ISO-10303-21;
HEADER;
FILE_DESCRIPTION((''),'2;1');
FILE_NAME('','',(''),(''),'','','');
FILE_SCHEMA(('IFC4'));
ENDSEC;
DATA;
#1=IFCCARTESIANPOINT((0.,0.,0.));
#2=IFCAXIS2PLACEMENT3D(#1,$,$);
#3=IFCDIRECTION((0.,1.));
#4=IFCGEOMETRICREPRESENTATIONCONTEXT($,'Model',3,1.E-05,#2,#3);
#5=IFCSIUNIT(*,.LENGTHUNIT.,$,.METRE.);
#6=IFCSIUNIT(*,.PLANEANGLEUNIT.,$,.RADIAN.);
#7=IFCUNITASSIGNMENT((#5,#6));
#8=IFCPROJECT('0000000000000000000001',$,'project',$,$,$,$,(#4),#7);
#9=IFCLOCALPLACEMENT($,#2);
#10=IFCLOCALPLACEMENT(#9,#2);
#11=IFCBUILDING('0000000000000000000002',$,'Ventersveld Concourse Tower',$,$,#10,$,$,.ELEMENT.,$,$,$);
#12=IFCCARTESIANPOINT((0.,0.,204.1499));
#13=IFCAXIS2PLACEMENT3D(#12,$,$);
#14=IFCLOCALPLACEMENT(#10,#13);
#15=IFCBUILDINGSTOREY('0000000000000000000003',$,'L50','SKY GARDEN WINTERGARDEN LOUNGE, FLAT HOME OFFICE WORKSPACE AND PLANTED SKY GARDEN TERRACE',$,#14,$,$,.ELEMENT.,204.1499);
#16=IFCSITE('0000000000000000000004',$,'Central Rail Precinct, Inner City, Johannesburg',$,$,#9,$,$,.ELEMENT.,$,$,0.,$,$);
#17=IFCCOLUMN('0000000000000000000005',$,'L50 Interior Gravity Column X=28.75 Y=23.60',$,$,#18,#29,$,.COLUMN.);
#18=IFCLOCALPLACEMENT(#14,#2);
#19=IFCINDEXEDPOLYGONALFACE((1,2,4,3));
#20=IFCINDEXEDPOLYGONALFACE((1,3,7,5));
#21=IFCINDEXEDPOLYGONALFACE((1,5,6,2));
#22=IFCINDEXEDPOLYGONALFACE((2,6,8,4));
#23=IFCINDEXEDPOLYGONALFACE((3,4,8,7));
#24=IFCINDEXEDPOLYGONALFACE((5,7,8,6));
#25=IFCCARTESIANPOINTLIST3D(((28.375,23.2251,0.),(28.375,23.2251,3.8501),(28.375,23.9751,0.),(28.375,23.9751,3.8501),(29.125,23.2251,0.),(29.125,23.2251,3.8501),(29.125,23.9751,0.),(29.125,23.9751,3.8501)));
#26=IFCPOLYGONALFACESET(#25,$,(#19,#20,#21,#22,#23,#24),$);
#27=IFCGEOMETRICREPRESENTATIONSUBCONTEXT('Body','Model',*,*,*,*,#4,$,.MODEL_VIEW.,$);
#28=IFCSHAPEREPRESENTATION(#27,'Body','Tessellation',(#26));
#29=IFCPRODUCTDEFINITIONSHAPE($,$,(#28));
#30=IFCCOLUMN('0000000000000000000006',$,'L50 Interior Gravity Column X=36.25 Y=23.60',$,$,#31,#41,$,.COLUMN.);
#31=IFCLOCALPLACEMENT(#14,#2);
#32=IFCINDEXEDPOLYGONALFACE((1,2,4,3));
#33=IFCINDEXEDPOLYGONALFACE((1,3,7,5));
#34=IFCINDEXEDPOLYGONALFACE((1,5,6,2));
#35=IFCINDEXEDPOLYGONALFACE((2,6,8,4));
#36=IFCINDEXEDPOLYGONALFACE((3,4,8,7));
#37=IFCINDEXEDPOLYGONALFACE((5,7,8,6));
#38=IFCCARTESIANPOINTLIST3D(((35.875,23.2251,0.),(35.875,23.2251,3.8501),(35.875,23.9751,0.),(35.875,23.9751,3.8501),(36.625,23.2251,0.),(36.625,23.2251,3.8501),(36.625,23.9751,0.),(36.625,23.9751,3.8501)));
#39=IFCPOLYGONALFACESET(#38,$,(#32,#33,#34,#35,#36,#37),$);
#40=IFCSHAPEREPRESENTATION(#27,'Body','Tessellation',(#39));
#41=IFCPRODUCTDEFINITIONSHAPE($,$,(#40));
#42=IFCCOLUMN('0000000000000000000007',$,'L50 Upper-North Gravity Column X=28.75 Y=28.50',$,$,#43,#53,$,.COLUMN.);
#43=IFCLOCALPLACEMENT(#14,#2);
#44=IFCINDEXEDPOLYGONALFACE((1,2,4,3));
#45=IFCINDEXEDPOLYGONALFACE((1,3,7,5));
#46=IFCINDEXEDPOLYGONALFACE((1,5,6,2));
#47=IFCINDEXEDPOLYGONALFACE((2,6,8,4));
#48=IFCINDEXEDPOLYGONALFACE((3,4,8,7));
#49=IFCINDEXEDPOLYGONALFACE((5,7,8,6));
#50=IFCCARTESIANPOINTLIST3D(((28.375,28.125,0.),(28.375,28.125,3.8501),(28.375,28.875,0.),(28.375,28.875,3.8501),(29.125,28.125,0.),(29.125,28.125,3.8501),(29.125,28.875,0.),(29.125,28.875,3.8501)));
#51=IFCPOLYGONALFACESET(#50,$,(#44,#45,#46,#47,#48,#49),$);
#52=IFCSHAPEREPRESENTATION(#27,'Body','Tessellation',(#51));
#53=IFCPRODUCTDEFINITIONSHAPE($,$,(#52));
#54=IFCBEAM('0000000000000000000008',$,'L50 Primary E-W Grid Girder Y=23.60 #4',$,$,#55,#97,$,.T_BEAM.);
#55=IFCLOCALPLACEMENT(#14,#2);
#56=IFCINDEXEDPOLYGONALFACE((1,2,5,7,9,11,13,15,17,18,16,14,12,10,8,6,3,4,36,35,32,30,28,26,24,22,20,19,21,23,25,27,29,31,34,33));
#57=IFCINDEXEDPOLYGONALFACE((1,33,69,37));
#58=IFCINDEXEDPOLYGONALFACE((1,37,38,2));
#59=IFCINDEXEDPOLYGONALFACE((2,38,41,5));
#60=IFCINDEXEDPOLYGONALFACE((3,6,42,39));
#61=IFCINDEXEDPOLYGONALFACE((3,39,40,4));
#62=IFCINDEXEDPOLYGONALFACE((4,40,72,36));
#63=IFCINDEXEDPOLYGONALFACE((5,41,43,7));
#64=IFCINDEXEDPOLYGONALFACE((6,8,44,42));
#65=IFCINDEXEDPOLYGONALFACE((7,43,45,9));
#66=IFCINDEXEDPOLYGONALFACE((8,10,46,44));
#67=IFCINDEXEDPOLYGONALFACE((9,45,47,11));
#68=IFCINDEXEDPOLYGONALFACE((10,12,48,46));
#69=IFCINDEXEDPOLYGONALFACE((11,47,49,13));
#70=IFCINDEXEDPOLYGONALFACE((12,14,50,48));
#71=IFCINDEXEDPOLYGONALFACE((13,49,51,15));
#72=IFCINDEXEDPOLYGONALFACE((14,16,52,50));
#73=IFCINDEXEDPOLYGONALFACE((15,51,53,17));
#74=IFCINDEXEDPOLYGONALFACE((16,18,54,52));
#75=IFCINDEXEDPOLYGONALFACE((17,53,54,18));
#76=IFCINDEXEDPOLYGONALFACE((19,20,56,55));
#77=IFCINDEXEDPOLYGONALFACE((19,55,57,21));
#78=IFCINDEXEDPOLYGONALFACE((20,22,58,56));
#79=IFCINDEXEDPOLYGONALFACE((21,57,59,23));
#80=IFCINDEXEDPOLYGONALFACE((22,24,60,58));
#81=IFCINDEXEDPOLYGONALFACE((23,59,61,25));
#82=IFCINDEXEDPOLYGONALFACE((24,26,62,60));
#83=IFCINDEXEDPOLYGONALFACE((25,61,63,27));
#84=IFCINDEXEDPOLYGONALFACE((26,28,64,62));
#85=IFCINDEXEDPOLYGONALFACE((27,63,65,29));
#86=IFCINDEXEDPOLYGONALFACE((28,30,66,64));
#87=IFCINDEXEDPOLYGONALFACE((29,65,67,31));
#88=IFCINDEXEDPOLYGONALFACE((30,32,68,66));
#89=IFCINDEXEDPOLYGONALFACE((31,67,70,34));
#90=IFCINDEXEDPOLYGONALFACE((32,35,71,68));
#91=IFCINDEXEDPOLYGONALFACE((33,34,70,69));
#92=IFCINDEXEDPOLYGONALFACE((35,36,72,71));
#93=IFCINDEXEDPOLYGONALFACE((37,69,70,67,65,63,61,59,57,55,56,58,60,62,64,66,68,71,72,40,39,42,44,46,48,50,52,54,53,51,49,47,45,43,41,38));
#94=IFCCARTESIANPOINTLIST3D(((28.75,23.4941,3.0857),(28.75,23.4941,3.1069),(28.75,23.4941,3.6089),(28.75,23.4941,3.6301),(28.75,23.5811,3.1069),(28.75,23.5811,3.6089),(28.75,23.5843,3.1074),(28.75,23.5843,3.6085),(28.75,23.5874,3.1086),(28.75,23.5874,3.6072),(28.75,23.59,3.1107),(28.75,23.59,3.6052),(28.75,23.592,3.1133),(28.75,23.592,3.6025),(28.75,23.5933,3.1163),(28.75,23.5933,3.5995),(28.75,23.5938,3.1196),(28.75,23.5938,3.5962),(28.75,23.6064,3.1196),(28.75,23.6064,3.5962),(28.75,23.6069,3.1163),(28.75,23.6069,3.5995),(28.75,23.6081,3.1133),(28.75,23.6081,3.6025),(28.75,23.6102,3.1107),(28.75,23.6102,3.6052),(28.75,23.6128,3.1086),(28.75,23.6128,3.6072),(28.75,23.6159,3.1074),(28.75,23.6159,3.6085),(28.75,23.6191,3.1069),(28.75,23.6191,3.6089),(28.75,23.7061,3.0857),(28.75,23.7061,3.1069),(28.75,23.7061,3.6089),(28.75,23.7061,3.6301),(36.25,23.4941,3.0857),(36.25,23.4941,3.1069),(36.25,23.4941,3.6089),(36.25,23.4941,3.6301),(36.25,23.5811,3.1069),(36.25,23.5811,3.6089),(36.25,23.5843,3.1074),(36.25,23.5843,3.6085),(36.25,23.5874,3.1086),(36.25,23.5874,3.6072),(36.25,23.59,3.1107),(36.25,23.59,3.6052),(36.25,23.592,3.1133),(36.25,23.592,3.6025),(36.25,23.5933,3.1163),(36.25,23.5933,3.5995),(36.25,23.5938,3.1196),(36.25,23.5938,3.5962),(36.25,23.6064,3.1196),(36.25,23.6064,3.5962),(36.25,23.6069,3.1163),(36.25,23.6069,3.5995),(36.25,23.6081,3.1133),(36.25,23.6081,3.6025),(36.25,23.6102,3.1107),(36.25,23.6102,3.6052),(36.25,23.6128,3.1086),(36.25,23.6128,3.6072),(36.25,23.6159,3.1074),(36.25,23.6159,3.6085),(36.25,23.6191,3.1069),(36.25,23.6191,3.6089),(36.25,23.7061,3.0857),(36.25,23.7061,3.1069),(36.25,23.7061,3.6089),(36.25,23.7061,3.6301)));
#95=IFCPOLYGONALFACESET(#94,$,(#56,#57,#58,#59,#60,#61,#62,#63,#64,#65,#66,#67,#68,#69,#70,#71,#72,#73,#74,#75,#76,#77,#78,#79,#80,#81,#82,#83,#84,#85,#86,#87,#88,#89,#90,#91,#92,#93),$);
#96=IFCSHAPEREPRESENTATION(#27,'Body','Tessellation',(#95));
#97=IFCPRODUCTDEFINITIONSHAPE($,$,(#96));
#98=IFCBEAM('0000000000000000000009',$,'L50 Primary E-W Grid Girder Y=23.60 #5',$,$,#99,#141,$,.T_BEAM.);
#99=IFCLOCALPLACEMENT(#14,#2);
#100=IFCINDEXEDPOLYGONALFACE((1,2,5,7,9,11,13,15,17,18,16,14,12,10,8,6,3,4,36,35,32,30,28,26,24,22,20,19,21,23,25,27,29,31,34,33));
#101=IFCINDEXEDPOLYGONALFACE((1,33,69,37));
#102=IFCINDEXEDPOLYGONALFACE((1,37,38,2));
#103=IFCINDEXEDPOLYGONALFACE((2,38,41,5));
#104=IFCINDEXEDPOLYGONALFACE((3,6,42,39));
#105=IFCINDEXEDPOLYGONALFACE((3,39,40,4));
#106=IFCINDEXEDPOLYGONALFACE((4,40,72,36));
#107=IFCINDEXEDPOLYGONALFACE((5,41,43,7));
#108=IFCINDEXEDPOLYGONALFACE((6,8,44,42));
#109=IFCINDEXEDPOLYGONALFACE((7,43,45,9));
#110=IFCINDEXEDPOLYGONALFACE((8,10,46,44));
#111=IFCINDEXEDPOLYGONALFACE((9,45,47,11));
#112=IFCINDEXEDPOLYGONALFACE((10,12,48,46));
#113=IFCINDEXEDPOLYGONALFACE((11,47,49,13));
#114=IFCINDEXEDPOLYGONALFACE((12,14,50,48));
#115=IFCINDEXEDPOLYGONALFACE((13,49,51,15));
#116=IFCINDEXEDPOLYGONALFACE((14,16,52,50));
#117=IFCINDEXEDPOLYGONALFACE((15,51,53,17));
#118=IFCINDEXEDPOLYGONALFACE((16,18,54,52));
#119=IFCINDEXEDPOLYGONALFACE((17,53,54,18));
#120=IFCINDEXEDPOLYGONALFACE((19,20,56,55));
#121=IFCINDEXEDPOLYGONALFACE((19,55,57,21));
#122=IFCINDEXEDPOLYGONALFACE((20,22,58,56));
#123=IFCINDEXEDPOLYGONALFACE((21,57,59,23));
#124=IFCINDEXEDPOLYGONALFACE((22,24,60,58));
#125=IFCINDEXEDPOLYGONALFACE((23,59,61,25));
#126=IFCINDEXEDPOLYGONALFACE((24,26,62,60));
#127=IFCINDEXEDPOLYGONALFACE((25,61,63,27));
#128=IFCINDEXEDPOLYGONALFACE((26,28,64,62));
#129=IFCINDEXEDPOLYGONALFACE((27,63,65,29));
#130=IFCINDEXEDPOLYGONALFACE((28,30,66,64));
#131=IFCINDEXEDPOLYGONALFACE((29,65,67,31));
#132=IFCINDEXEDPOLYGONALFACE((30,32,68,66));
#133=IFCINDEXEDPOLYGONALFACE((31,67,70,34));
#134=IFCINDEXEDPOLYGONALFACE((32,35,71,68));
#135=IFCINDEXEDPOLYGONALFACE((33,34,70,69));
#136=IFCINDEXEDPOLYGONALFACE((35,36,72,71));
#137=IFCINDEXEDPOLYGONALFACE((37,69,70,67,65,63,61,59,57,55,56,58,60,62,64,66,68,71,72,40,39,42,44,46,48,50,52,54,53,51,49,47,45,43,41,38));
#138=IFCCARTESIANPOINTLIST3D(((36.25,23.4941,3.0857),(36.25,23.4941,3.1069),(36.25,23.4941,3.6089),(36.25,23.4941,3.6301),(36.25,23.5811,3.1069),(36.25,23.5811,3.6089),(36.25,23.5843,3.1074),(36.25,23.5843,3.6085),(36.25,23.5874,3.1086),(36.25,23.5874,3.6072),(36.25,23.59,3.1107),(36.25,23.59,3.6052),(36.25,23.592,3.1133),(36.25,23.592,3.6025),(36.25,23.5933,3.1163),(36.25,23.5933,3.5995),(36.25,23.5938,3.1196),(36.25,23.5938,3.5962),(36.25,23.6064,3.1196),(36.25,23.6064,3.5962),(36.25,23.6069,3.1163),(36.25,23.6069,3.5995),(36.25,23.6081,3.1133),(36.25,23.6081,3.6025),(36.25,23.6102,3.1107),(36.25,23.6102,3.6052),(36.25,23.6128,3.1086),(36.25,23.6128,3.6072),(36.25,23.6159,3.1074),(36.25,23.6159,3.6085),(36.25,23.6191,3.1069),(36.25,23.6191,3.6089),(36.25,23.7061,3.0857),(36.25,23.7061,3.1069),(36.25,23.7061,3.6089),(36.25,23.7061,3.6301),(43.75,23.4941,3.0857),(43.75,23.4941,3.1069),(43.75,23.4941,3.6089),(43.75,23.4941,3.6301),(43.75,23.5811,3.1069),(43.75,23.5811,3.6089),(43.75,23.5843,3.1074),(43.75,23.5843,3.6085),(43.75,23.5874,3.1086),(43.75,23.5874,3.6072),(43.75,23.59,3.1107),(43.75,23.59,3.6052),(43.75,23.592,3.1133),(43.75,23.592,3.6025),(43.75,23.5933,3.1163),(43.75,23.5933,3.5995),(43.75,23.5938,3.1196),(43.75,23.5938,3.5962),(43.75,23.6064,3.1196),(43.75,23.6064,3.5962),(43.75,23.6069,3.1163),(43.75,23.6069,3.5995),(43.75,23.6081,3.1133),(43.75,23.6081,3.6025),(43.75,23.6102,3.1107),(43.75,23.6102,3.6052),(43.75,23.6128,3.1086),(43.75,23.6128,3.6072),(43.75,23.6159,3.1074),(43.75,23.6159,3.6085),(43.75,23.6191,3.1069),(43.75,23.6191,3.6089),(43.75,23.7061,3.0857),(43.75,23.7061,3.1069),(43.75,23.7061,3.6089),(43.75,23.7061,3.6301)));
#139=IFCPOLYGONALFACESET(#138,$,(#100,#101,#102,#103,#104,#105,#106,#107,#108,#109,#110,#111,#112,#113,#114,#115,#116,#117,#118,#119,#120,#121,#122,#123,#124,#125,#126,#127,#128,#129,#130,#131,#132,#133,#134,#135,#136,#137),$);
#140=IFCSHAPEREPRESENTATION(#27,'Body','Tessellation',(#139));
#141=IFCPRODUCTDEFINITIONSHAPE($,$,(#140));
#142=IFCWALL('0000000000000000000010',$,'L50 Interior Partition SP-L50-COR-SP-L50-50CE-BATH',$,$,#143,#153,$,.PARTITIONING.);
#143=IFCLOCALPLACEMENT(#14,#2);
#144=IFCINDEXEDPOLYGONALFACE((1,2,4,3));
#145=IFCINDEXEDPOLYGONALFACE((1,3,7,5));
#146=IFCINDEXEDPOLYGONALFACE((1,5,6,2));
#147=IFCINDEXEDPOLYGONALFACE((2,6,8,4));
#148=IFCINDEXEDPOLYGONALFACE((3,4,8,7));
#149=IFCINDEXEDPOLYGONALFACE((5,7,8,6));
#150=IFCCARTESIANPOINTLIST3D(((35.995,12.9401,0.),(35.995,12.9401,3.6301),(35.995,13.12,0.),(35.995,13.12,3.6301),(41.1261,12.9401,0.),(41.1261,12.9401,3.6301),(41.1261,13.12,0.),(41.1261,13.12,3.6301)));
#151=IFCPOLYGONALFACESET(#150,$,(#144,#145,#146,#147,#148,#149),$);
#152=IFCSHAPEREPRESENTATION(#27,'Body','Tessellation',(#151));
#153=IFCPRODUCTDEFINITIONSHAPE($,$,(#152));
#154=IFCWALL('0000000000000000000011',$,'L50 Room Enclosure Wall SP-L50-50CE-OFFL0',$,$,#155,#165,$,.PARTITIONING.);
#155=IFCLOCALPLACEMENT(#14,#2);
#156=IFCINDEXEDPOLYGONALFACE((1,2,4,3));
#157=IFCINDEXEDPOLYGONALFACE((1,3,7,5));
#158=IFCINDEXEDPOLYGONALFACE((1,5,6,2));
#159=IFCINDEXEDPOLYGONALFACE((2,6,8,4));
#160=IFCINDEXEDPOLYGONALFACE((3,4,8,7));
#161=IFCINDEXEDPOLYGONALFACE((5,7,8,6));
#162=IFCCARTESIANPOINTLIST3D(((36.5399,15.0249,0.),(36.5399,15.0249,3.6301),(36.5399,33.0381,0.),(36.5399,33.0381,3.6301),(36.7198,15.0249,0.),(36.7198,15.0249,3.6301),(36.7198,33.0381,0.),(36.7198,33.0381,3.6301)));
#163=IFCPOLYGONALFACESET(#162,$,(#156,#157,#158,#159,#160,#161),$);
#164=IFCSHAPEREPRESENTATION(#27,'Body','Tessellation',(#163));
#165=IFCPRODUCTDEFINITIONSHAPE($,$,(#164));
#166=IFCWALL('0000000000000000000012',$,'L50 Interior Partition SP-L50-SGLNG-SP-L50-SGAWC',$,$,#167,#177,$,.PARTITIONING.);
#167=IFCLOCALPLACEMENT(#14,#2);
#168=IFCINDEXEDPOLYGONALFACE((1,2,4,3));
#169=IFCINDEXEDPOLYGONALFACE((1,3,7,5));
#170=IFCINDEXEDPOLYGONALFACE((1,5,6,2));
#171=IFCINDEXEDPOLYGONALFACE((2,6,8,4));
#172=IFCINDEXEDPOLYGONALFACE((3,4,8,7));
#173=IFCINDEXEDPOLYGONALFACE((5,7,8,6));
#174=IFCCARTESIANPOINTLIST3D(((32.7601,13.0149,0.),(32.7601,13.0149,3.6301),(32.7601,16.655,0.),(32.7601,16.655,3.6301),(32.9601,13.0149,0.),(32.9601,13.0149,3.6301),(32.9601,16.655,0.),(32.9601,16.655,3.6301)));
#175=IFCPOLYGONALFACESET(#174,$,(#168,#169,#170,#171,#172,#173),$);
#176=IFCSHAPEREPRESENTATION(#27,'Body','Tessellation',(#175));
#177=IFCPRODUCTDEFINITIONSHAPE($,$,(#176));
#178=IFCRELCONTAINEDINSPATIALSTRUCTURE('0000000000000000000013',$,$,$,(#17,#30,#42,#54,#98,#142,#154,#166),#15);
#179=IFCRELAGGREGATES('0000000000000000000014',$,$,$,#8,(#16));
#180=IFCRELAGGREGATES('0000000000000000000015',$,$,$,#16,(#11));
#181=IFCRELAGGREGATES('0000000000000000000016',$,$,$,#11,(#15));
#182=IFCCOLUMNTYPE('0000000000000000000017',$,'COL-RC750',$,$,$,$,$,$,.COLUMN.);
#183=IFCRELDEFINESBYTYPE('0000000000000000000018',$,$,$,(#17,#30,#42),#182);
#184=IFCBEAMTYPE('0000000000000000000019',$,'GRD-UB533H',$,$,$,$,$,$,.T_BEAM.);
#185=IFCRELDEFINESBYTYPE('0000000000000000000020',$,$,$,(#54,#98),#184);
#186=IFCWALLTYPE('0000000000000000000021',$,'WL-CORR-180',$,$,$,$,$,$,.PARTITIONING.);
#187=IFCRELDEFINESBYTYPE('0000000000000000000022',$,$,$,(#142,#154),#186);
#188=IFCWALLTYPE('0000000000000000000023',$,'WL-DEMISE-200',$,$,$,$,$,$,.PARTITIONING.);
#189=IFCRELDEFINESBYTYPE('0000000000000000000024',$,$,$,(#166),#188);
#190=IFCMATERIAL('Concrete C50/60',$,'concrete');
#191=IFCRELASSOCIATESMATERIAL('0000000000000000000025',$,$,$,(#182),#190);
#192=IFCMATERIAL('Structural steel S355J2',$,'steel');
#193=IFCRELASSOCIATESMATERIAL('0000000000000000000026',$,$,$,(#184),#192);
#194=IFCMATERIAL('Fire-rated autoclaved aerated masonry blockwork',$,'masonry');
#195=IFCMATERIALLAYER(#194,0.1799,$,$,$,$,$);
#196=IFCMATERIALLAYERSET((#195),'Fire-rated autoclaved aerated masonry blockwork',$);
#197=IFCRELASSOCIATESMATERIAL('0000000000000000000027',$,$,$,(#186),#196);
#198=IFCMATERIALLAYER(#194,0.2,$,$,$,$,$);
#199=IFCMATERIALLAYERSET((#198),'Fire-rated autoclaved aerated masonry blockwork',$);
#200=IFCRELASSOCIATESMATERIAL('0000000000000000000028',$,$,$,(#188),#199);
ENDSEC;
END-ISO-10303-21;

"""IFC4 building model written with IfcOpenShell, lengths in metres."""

from ifc_helpers import new_model, si_unit, direction, frame, frame_2d, origin, origin_2d, place, context, subcontext, project, spatial, rectangle, i_section, extrude, material, layer, layer_set, material_profile, profile_set, type_object, element, save


model = new_model("IFC4")

# Units and contexts
model_context = context("Model", 3, precision=1e-05, world=origin(), true_north=direction((0.0, 1.0)))
body_context = subcontext(model_context, "Body", "Model", "MODEL_VIEW")
ifc_project = project(units=[si_unit("LENGTHUNIT", "METRE"), si_unit("PLANEANGLEUNIT", "RADIAN")], contexts=[model_context])

# Site, building, storey
site_placement = place(None, origin())
site = spatial("IfcSite", under=ifc_project, at=site_placement, Name="Central Rail Precinct, Inner City, Johannesburg", CompositionType="ELEMENT", RefElevation=0.0)
building_placement = place(site_placement, origin())
building = spatial("IfcBuilding", under=site, at=building_placement, Name="Ventersveld Concourse Tower", CompositionType="ELEMENT")
storey_placement = place(building_placement, frame((0.0, 0.0, 204.1499)))
storey = spatial("IfcBuildingStorey", under=building, at=storey_placement, Name="L50", Description="SKY GARDEN WINTERGARDEN LOUNGE, FLAT HOME OFFICE WORKSPACE AND PLANTED SKY GARDEN TERRACE", CompositionType="ELEMENT", Elevation=204.1499)

# Columns
ifc_material_1 = material(Name="Concrete C50/60", Category="concrete")
ifc_material_profile_1 = material_profile(ifc_material_1, rectangle(XDim=0.75, YDim=0.75, at=origin_2d()), Name="RC 750x750")
ifc_profile_set_1 = profile_set([ifc_material_profile_1], Name="Concrete C50/60")
column_type = type_object("IfcColumnType", Name="COL-RC750", PredefinedType="COLUMN", material=ifc_profile_set_1)
for number, where, z_axis, x_axis, name in (
    (1, (28.75, 23.6001, 0.0), (0.0, 0.0, 1.0), (1.0, 0.0, 0.0), "L50 Interior Gravity Column X=28.75 Y=23.60"),
    (2, (36.25, 23.6001, 0.0), (0.0, 0.0, 1.0), (1.0, 0.0, 0.0), "L50 Interior Gravity Column X=36.25 Y=23.60"),
    (3, (28.75, 28.5, 0.0), (0.0, 0.0, 1.0), (1.0, 0.0, 0.0), "L50 Upper-North Gravity Column X=28.75 Y=28.50"),
):
    element("IfcColumn", number, at=place(storey_placement, frame(where, z_axis=z_axis, x_axis=x_axis)), inside=storey, type_object=column_type, Name=name, PredefinedType="COLUMN", context=body_context, shape_type="SweptSolid", body=[
        extrude(rectangle(XDim=0.75, YDim=0.75, at=origin_2d()), origin(), (0.0, 0.0, 1.0), 3.8501),
    ])

# Beams
ifc_material_2 = material(Name="Structural steel S355J2", Category="steel")
ifc_material_profile_2 = material_profile(ifc_material_2, i_section(OverallWidth=0.2119, OverallDepth=0.5444, WebThickness=0.0127, FlangeThickness=0.0212, FilletRadius=0.0127, at=origin_2d()), Name="UB 533x210x122")
ifc_profile_set_2 = profile_set([ifc_material_profile_2], Name="Structural steel S355J2")
beam_type = type_object("IfcBeamType", Name="GRD-UB533H", PredefinedType="T_BEAM", material=ifc_profile_set_2)
for number, where, z_axis, x_axis, name in (
    (4, (28.75, 23.6001, 3.3579), (1.0, 0.0, 0.0), (0.0, 1.0, 0.0), "L50 Primary E-W Grid Girder Y=23.60 #4"),
    (5, (36.25, 23.6001, 3.3579), (1.0, 0.0, 0.0), (0.0, 1.0, 0.0), "L50 Primary E-W Grid Girder Y=23.60 #5"),
):
    element("IfcBeam", number, at=place(storey_placement, frame(where, z_axis=z_axis, x_axis=x_axis)), inside=storey, type_object=beam_type, Name=name, PredefinedType="T_BEAM", context=body_context, shape_type="SweptSolid", body=[
        extrude(i_section(OverallWidth=0.2119, OverallDepth=0.5444, WebThickness=0.0127, FlangeThickness=0.0212, FilletRadius=0.0127, at=origin_2d()), origin(), (0.0, 0.0, 1.0), 7.5),
    ])

# Shared definitions
ifc_material_3 = material(Name="Fire-rated autoclaved aerated masonry blockwork", Category="masonry")
ifc_layer_1 = layer(ifc_material_3, 0.1799)
ifc_layer_set_1 = layer_set([ifc_layer_1], Name="Fire-rated autoclaved aerated masonry blockwork")
wall_type_1 = type_object("IfcWallType", Name="WL-CORR-180", PredefinedType="PARTITIONING", material=ifc_layer_set_1)

# Walls
wall_1_placement = place(storey_placement, frame((35.9951, 13.03, 0.0), z_axis=(0.0, 0.0, 1.0), x_axis=(1.0, 0.0, 0.0)))
element("IfcWall", 6, at=wall_1_placement, inside=storey, type_object=wall_type_1, Name="L50 Interior Partition SP-L50-COR-SP-L50-50CE-BATH", PredefinedType="PARTITIONING", context=body_context, shape_type="SweptSolid", body=[
    extrude(rectangle(XDim=5.1311, YDim=0.1799, at=frame_2d((2.5654, 0.0))), origin(), (0.0, 0.0, 1.0), 3.6301),
])
wall_2_placement = place(storey_placement, frame((36.6299, 15.0249, 0.0), z_axis=(0.0, 0.0, 1.0), x_axis=(0.0, 1.0, 0.0)))
element("IfcWall", 7, at=wall_2_placement, inside=storey, type_object=wall_type_1, Name="L50 Room Enclosure Wall SP-L50-50CE-OFFL0", PredefinedType="PARTITIONING", context=body_context, shape_type="SweptSolid", body=[
    extrude(rectangle(XDim=18.0132, YDim=0.1799, at=frame_2d((9.0066, 0.0))), origin(), (0.0, 0.0, 1.0), 3.6301),
])
ifc_layer_2 = layer(ifc_material_3, 0.2)
ifc_layer_set_2 = layer_set([ifc_layer_2], Name="Fire-rated autoclaved aerated masonry blockwork")
wall_type_2 = type_object("IfcWallType", Name="WL-DEMISE-200", PredefinedType="PARTITIONING", material=ifc_layer_set_2)
wall_3_placement = place(storey_placement, frame((32.8601, 13.0149, 0.0), z_axis=(0.0, 0.0, 1.0), x_axis=(0.0, 1.0, 0.0)))
element("IfcWall", 8, at=wall_3_placement, inside=storey, type_object=wall_type_2, Name="L50 Interior Partition SP-L50-SGLNG-SP-L50-SGAWC", PredefinedType="PARTITIONING", context=body_context, shape_type="SweptSolid", body=[
    extrude(rectangle(XDim=3.6401, YDim=0.2, at=frame_2d((1.8201, 0.0))), origin(), (0.0, 0.0, 1.0), 3.6301),
])

save(model, "model.ifc")
